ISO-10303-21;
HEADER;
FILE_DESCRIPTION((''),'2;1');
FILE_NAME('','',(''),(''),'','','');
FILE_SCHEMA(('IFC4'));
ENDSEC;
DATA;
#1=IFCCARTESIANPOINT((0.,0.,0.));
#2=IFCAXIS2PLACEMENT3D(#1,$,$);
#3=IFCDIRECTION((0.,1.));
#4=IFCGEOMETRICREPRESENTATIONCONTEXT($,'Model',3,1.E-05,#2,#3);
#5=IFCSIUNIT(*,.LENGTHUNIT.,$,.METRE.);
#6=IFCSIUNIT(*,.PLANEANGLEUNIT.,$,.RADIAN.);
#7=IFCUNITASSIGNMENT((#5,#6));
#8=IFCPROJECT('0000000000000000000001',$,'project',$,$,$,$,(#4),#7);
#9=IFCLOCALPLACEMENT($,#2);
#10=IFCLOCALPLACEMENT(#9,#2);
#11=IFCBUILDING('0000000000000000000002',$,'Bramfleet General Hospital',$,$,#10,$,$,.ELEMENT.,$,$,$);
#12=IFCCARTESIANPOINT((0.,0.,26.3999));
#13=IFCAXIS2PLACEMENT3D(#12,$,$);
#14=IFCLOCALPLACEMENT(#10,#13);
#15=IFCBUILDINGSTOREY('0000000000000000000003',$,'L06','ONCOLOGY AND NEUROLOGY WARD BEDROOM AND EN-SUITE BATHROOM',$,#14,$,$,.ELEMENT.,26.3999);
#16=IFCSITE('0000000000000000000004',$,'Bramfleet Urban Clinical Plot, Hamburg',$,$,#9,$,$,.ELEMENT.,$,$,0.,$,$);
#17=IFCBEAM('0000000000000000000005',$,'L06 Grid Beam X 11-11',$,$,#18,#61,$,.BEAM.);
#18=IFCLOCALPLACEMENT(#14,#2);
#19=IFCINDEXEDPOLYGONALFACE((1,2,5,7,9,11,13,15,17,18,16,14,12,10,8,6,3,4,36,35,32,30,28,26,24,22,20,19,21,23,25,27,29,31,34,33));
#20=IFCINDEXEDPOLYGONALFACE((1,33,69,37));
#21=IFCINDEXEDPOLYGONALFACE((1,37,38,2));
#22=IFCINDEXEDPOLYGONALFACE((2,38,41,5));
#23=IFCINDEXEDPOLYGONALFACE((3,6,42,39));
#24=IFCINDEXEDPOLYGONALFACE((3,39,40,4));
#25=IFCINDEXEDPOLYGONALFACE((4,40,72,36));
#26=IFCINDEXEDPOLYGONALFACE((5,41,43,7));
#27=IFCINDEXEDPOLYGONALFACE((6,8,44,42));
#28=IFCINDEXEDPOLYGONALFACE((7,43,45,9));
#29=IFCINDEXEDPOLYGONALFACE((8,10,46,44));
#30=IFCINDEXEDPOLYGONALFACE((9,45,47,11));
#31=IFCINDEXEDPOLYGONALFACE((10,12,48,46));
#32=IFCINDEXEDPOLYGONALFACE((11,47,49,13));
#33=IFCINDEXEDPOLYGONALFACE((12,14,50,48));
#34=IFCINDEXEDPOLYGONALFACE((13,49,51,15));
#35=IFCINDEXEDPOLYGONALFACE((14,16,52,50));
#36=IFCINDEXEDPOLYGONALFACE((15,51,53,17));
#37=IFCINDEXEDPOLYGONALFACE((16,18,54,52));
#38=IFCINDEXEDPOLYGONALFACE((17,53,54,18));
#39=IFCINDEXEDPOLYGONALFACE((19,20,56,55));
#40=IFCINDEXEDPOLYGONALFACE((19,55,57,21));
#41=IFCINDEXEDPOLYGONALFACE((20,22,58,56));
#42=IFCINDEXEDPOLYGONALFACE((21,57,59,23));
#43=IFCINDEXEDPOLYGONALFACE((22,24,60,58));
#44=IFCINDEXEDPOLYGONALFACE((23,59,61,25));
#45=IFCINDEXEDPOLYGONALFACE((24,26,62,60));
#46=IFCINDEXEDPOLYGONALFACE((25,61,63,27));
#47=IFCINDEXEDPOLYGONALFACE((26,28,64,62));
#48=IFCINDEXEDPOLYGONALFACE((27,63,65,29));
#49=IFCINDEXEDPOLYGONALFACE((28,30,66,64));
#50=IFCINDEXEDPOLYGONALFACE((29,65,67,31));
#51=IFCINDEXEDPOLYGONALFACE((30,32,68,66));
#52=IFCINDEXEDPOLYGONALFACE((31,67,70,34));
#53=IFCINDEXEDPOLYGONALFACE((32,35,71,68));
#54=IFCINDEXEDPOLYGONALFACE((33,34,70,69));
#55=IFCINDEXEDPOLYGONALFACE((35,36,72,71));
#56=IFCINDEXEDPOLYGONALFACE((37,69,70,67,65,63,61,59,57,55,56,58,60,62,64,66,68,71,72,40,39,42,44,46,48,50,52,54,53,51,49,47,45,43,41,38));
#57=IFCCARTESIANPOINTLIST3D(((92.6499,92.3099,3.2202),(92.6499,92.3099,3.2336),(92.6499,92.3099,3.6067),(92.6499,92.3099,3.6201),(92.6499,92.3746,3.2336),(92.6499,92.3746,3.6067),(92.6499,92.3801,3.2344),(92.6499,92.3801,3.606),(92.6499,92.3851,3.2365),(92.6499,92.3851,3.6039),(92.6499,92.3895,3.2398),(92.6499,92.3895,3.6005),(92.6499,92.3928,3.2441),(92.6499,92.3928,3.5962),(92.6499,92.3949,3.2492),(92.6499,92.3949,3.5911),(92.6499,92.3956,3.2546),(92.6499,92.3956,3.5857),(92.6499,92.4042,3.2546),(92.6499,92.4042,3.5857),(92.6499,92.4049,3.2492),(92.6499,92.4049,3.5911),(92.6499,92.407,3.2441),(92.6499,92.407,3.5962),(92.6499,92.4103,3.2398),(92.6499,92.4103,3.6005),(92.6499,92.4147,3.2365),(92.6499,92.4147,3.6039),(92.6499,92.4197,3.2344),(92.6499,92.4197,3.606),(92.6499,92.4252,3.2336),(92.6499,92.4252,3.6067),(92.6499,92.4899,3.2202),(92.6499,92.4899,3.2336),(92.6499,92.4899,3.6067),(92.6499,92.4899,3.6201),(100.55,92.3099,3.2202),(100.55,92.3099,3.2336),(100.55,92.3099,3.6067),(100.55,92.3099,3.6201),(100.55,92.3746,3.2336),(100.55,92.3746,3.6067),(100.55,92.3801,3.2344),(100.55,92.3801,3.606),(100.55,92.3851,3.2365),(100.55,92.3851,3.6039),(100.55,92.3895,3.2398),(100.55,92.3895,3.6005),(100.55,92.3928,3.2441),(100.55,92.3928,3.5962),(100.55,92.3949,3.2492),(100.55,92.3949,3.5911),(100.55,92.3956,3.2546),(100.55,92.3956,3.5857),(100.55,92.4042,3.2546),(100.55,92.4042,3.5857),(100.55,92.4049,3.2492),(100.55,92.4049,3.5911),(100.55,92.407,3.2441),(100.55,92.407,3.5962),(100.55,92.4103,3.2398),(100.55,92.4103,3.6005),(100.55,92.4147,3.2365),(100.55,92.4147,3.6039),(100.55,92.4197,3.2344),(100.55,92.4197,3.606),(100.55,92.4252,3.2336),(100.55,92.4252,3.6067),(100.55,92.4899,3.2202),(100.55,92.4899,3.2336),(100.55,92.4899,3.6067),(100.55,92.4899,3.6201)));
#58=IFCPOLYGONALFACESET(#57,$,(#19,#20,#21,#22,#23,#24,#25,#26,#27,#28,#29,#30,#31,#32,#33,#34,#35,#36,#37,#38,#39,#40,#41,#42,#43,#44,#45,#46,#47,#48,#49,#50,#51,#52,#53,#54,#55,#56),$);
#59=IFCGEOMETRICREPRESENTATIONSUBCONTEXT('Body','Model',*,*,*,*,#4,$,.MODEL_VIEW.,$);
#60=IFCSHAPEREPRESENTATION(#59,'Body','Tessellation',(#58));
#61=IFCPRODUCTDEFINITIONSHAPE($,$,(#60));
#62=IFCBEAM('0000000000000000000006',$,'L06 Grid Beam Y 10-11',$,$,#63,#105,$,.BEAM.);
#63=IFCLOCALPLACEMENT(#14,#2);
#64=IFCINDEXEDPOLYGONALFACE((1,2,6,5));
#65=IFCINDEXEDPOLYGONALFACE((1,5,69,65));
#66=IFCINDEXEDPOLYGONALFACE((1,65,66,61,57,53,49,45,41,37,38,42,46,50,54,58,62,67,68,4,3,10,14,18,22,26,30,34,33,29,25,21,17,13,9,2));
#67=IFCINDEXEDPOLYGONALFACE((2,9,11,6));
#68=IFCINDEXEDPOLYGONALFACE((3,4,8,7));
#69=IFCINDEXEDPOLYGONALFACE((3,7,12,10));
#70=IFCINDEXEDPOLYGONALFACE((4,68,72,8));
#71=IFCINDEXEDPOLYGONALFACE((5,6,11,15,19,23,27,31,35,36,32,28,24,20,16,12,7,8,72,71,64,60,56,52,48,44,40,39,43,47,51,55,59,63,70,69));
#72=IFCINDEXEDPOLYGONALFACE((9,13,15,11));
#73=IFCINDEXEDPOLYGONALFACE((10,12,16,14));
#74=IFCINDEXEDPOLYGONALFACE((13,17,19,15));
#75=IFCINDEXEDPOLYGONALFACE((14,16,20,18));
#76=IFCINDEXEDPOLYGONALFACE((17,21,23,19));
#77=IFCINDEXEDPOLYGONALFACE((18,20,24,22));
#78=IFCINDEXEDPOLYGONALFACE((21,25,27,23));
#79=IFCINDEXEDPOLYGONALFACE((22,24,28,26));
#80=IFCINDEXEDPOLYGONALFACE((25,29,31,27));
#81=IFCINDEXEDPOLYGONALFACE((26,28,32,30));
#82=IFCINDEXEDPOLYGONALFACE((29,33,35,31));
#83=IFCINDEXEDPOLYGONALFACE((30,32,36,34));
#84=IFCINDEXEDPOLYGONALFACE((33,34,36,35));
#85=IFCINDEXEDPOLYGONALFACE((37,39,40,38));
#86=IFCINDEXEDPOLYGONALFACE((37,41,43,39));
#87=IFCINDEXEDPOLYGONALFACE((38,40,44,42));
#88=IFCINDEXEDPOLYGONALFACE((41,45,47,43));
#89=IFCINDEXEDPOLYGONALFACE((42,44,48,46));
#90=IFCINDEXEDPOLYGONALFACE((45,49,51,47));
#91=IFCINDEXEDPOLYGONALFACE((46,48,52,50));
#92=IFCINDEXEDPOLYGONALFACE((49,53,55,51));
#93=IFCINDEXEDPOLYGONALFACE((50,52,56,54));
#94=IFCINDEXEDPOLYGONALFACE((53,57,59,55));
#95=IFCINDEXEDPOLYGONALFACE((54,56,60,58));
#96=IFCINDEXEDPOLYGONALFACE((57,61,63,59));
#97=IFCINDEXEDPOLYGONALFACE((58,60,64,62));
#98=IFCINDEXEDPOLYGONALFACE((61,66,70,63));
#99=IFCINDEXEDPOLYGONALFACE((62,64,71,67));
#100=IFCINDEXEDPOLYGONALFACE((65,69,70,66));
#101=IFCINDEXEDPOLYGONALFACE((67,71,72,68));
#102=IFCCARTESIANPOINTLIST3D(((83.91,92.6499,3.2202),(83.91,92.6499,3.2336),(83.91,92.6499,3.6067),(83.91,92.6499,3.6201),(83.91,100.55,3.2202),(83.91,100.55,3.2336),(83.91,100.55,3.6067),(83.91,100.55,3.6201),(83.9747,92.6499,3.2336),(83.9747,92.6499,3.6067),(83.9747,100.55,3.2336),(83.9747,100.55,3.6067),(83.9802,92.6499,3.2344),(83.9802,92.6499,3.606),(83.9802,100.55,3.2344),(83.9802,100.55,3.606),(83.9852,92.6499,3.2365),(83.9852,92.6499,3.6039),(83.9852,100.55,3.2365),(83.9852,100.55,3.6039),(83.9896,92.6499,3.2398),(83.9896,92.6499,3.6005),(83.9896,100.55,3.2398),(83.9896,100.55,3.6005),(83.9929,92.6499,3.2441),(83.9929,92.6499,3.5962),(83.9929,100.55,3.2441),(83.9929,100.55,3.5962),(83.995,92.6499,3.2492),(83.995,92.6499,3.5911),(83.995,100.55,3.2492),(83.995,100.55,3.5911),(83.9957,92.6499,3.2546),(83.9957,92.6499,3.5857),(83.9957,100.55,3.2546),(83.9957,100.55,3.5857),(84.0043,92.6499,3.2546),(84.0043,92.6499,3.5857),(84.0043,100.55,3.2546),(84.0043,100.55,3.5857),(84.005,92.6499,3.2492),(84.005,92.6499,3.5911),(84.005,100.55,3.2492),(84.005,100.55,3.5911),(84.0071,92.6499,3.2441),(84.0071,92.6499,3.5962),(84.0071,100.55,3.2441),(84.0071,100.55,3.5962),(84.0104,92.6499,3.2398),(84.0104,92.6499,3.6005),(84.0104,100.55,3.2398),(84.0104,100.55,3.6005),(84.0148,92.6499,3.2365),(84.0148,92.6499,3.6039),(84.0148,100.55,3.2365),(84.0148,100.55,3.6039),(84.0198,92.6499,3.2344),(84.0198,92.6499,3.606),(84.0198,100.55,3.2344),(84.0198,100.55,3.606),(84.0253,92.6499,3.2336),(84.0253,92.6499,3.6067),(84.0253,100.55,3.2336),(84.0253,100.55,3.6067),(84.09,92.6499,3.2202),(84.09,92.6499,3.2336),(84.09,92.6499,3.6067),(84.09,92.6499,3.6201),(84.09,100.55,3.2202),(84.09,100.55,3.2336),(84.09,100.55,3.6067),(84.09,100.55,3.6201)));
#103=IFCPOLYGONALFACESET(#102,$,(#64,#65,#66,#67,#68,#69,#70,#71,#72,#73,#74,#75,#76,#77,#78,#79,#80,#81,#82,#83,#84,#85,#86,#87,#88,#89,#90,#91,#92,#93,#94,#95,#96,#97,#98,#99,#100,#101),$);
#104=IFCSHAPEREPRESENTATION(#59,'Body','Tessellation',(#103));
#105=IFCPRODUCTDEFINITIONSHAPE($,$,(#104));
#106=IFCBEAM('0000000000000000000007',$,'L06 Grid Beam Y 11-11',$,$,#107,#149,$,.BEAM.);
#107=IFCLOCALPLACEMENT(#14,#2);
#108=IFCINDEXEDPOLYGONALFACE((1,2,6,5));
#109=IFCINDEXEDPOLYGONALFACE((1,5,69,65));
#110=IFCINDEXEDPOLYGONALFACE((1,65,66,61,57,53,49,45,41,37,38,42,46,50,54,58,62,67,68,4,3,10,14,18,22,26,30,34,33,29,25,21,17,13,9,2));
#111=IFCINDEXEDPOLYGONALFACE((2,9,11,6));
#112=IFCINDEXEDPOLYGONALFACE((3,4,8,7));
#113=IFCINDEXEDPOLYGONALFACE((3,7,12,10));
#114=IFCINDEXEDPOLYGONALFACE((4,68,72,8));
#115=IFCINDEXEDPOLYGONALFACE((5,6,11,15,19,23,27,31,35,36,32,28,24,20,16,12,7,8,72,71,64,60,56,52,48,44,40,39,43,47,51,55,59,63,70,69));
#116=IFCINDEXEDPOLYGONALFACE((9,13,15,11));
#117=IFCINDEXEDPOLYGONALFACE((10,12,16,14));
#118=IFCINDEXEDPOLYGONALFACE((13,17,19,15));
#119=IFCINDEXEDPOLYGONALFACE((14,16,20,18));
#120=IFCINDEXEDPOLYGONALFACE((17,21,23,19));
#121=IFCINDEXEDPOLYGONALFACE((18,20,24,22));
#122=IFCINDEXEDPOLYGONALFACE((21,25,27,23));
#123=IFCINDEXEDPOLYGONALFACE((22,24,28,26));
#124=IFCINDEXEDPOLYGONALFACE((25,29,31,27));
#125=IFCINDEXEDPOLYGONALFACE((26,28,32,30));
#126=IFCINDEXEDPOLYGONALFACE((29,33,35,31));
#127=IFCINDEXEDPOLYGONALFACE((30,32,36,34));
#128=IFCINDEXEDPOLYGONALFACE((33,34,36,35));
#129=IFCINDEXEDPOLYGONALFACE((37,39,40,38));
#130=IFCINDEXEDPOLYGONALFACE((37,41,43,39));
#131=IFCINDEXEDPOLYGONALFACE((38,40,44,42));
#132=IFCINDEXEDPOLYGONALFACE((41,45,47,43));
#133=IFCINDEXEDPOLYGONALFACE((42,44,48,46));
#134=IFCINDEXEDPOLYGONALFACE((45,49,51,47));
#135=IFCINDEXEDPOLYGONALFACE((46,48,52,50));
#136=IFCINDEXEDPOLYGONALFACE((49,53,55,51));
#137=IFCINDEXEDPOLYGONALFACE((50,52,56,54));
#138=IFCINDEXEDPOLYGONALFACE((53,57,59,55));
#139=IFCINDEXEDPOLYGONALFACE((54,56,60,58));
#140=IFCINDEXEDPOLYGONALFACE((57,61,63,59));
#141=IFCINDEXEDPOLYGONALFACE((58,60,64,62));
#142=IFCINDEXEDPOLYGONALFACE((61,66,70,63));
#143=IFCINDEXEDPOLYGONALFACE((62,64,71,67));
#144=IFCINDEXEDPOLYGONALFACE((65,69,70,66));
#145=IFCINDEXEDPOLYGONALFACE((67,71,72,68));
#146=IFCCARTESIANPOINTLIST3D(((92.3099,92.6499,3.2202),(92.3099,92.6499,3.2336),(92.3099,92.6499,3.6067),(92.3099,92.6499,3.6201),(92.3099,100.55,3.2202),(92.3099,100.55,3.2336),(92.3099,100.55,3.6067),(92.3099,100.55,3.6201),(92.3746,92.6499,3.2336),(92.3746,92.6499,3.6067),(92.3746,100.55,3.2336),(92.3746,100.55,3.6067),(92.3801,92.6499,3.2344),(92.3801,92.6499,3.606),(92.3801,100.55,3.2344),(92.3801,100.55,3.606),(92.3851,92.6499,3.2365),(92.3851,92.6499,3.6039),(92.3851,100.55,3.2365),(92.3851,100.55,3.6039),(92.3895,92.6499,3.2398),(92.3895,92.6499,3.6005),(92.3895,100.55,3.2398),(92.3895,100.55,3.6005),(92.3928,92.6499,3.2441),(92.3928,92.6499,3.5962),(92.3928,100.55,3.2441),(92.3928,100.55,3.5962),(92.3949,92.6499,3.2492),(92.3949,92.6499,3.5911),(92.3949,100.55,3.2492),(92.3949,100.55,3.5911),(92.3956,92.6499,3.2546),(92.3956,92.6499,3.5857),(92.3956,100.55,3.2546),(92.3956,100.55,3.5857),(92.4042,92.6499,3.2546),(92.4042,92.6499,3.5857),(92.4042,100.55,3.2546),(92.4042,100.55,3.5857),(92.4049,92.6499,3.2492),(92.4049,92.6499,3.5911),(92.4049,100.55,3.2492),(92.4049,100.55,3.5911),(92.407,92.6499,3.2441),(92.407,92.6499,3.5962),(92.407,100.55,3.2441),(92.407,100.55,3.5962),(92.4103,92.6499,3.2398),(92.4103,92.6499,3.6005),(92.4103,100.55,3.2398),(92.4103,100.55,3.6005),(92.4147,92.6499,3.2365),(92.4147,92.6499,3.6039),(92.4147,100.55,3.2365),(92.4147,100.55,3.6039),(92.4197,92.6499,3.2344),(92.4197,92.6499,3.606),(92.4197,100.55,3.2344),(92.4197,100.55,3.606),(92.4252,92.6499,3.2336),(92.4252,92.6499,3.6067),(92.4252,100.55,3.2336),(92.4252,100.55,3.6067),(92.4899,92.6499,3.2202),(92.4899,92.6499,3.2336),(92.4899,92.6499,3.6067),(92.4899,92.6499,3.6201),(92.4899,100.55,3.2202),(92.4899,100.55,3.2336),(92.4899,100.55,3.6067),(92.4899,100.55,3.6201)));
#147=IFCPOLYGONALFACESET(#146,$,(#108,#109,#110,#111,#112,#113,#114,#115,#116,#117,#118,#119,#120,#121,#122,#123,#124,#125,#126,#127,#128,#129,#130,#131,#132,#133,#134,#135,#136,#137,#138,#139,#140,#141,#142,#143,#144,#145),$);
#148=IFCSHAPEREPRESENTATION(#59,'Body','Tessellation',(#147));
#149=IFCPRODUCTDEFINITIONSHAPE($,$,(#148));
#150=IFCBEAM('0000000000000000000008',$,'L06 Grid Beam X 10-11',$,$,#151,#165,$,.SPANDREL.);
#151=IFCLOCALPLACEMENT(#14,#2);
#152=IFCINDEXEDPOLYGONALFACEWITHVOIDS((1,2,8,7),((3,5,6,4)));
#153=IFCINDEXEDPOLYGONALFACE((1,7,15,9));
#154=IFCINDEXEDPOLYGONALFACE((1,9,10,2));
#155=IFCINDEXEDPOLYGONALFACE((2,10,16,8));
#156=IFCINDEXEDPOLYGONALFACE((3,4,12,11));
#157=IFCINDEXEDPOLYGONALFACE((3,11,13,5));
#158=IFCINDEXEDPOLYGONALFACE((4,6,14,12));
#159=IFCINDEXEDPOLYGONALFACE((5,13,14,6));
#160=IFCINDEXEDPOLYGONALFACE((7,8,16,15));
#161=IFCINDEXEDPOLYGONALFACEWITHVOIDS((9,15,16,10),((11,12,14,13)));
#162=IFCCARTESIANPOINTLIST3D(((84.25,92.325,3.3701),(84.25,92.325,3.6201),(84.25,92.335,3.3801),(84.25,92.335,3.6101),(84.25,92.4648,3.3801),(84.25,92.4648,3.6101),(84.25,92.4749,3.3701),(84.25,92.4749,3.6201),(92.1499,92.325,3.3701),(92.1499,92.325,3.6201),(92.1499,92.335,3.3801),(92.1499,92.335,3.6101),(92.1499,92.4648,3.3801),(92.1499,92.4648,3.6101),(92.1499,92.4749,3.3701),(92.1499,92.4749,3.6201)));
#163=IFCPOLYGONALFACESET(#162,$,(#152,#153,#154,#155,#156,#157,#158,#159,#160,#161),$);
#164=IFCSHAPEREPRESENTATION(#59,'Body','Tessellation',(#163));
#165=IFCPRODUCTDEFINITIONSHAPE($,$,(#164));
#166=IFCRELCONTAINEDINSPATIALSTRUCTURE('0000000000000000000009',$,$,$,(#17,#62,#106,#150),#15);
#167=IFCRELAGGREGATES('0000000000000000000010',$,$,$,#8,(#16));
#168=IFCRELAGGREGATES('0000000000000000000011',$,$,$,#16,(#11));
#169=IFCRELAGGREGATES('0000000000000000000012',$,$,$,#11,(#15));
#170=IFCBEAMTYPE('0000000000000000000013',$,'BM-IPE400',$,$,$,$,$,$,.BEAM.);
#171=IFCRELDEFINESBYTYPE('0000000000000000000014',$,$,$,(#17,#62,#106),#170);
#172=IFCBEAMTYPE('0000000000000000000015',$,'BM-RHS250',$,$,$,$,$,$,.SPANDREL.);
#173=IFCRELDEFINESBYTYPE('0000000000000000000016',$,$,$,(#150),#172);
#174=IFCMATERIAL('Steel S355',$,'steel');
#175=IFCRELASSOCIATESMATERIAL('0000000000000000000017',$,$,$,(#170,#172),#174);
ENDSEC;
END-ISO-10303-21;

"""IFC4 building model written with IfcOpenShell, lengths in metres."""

from ifc_helpers import new_model, si_unit, direction, frame, origin, origin_2d, place, context, subcontext, project, spatial, hollow_rectangle, i_section, extrude, material, material_profile, profile_set, type_object, element, save


model = new_model("IFC4")

# Units and contexts
model_context = context("Model", 3, precision=1e-05, world=origin(), true_north=direction((0.0, 1.0)))
body_context = subcontext(model_context, "Body", "Model", "MODEL_VIEW")
ifc_project = project(units=[si_unit("LENGTHUNIT", "METRE"), si_unit("PLANEANGLEUNIT", "RADIAN")], contexts=[model_context])

# Site, building, storey
site_placement = place(None, origin())
site = spatial("IfcSite", under=ifc_project, at=site_placement, Name="Bramfleet Urban Clinical Plot, Hamburg", CompositionType="ELEMENT", RefElevation=0.0)
building_placement = place(site_placement, origin())
building = spatial("IfcBuilding", under=site, at=building_placement, Name="Bramfleet General Hospital", CompositionType="ELEMENT")
storey_placement = place(building_placement, frame((0.0, 0.0, 26.3999)))
storey = spatial("IfcBuildingStorey", under=building, at=storey_placement, Name="L06", Description="ONCOLOGY AND NEUROLOGY WARD BEDROOM AND EN-SUITE BATHROOM", CompositionType="ELEMENT", Elevation=26.3999)

# Beams
ifc_material_1 = material(Name="Steel S355", Category="steel")
ifc_material_profile_1 = material_profile(ifc_material_1, i_section(OverallWidth=0.1799, OverallDepth=0.3999, WebThickness=0.0085, FlangeThickness=0.0134, FilletRadius=0.021, at=origin_2d()), Name="IPE 400")
ifc_profile_set_1 = profile_set([ifc_material_profile_1], Name="Steel S355")
beam_type_1 = type_object("IfcBeamType", Name="BM-IPE400", PredefinedType="BEAM", material=ifc_profile_set_1)
for number, where, z_axis, x_axis, name in (
    (1, (92.6499, 92.3999, 3.4202), (1.0, 0.0, 0.0), (0.0, 1.0, 0.0), "L06 Grid Beam X 11-11"),
    (2, (84.0, 92.6499, 3.4202), (0.0, 1.0, 0.0), (-1.0, 0.0, 0.0), "L06 Grid Beam Y 10-11"),
    (3, (92.3999, 92.6499, 3.4202), (0.0, 1.0, 0.0), (-1.0, 0.0, 0.0), "L06 Grid Beam Y 11-11"),
):
    element("IfcBeam", number, at=place(storey_placement, frame(where, z_axis=z_axis, x_axis=x_axis)), inside=storey, type_object=beam_type_1, Name=name, PredefinedType="BEAM", context=body_context, shape_type="SweptSolid", body=[
        extrude(i_section(OverallWidth=0.1799, OverallDepth=0.3999, WebThickness=0.0085, FlangeThickness=0.0134, FilletRadius=0.021, at=origin_2d()), origin(), (0.0, 0.0, 1.0), 7.9001),
    ])
ifc_material_profile_2 = material_profile(ifc_material_1, hollow_rectangle(XDim=0.1499, YDim=0.25, WallThickness=0.01, at=origin_2d()), Name="RHS 250x150x10.0")
ifc_profile_set_2 = profile_set([ifc_material_profile_2], Name="Steel S355")
beam_type_2 = type_object("IfcBeamType", Name="BM-RHS250", PredefinedType="SPANDREL", material=ifc_profile_set_2)
beam_1_placement = place(storey_placement, frame((84.25, 92.3999, 3.4951), z_axis=(1.0, 0.0, 0.0), x_axis=(0.0, 1.0, 0.0)))
element("IfcBeam", 4, at=beam_1_placement, inside=storey, type_object=beam_type_2, Name="L06 Grid Beam X 10-11", PredefinedType="SPANDREL", context=body_context, shape_type="SweptSolid", body=[
    extrude(hollow_rectangle(XDim=0.1499, YDim=0.25, WallThickness=0.01, at=origin_2d()), origin(), (0.0, 0.0, 1.0), 7.8999),
])

save(model, "model.ifc")
